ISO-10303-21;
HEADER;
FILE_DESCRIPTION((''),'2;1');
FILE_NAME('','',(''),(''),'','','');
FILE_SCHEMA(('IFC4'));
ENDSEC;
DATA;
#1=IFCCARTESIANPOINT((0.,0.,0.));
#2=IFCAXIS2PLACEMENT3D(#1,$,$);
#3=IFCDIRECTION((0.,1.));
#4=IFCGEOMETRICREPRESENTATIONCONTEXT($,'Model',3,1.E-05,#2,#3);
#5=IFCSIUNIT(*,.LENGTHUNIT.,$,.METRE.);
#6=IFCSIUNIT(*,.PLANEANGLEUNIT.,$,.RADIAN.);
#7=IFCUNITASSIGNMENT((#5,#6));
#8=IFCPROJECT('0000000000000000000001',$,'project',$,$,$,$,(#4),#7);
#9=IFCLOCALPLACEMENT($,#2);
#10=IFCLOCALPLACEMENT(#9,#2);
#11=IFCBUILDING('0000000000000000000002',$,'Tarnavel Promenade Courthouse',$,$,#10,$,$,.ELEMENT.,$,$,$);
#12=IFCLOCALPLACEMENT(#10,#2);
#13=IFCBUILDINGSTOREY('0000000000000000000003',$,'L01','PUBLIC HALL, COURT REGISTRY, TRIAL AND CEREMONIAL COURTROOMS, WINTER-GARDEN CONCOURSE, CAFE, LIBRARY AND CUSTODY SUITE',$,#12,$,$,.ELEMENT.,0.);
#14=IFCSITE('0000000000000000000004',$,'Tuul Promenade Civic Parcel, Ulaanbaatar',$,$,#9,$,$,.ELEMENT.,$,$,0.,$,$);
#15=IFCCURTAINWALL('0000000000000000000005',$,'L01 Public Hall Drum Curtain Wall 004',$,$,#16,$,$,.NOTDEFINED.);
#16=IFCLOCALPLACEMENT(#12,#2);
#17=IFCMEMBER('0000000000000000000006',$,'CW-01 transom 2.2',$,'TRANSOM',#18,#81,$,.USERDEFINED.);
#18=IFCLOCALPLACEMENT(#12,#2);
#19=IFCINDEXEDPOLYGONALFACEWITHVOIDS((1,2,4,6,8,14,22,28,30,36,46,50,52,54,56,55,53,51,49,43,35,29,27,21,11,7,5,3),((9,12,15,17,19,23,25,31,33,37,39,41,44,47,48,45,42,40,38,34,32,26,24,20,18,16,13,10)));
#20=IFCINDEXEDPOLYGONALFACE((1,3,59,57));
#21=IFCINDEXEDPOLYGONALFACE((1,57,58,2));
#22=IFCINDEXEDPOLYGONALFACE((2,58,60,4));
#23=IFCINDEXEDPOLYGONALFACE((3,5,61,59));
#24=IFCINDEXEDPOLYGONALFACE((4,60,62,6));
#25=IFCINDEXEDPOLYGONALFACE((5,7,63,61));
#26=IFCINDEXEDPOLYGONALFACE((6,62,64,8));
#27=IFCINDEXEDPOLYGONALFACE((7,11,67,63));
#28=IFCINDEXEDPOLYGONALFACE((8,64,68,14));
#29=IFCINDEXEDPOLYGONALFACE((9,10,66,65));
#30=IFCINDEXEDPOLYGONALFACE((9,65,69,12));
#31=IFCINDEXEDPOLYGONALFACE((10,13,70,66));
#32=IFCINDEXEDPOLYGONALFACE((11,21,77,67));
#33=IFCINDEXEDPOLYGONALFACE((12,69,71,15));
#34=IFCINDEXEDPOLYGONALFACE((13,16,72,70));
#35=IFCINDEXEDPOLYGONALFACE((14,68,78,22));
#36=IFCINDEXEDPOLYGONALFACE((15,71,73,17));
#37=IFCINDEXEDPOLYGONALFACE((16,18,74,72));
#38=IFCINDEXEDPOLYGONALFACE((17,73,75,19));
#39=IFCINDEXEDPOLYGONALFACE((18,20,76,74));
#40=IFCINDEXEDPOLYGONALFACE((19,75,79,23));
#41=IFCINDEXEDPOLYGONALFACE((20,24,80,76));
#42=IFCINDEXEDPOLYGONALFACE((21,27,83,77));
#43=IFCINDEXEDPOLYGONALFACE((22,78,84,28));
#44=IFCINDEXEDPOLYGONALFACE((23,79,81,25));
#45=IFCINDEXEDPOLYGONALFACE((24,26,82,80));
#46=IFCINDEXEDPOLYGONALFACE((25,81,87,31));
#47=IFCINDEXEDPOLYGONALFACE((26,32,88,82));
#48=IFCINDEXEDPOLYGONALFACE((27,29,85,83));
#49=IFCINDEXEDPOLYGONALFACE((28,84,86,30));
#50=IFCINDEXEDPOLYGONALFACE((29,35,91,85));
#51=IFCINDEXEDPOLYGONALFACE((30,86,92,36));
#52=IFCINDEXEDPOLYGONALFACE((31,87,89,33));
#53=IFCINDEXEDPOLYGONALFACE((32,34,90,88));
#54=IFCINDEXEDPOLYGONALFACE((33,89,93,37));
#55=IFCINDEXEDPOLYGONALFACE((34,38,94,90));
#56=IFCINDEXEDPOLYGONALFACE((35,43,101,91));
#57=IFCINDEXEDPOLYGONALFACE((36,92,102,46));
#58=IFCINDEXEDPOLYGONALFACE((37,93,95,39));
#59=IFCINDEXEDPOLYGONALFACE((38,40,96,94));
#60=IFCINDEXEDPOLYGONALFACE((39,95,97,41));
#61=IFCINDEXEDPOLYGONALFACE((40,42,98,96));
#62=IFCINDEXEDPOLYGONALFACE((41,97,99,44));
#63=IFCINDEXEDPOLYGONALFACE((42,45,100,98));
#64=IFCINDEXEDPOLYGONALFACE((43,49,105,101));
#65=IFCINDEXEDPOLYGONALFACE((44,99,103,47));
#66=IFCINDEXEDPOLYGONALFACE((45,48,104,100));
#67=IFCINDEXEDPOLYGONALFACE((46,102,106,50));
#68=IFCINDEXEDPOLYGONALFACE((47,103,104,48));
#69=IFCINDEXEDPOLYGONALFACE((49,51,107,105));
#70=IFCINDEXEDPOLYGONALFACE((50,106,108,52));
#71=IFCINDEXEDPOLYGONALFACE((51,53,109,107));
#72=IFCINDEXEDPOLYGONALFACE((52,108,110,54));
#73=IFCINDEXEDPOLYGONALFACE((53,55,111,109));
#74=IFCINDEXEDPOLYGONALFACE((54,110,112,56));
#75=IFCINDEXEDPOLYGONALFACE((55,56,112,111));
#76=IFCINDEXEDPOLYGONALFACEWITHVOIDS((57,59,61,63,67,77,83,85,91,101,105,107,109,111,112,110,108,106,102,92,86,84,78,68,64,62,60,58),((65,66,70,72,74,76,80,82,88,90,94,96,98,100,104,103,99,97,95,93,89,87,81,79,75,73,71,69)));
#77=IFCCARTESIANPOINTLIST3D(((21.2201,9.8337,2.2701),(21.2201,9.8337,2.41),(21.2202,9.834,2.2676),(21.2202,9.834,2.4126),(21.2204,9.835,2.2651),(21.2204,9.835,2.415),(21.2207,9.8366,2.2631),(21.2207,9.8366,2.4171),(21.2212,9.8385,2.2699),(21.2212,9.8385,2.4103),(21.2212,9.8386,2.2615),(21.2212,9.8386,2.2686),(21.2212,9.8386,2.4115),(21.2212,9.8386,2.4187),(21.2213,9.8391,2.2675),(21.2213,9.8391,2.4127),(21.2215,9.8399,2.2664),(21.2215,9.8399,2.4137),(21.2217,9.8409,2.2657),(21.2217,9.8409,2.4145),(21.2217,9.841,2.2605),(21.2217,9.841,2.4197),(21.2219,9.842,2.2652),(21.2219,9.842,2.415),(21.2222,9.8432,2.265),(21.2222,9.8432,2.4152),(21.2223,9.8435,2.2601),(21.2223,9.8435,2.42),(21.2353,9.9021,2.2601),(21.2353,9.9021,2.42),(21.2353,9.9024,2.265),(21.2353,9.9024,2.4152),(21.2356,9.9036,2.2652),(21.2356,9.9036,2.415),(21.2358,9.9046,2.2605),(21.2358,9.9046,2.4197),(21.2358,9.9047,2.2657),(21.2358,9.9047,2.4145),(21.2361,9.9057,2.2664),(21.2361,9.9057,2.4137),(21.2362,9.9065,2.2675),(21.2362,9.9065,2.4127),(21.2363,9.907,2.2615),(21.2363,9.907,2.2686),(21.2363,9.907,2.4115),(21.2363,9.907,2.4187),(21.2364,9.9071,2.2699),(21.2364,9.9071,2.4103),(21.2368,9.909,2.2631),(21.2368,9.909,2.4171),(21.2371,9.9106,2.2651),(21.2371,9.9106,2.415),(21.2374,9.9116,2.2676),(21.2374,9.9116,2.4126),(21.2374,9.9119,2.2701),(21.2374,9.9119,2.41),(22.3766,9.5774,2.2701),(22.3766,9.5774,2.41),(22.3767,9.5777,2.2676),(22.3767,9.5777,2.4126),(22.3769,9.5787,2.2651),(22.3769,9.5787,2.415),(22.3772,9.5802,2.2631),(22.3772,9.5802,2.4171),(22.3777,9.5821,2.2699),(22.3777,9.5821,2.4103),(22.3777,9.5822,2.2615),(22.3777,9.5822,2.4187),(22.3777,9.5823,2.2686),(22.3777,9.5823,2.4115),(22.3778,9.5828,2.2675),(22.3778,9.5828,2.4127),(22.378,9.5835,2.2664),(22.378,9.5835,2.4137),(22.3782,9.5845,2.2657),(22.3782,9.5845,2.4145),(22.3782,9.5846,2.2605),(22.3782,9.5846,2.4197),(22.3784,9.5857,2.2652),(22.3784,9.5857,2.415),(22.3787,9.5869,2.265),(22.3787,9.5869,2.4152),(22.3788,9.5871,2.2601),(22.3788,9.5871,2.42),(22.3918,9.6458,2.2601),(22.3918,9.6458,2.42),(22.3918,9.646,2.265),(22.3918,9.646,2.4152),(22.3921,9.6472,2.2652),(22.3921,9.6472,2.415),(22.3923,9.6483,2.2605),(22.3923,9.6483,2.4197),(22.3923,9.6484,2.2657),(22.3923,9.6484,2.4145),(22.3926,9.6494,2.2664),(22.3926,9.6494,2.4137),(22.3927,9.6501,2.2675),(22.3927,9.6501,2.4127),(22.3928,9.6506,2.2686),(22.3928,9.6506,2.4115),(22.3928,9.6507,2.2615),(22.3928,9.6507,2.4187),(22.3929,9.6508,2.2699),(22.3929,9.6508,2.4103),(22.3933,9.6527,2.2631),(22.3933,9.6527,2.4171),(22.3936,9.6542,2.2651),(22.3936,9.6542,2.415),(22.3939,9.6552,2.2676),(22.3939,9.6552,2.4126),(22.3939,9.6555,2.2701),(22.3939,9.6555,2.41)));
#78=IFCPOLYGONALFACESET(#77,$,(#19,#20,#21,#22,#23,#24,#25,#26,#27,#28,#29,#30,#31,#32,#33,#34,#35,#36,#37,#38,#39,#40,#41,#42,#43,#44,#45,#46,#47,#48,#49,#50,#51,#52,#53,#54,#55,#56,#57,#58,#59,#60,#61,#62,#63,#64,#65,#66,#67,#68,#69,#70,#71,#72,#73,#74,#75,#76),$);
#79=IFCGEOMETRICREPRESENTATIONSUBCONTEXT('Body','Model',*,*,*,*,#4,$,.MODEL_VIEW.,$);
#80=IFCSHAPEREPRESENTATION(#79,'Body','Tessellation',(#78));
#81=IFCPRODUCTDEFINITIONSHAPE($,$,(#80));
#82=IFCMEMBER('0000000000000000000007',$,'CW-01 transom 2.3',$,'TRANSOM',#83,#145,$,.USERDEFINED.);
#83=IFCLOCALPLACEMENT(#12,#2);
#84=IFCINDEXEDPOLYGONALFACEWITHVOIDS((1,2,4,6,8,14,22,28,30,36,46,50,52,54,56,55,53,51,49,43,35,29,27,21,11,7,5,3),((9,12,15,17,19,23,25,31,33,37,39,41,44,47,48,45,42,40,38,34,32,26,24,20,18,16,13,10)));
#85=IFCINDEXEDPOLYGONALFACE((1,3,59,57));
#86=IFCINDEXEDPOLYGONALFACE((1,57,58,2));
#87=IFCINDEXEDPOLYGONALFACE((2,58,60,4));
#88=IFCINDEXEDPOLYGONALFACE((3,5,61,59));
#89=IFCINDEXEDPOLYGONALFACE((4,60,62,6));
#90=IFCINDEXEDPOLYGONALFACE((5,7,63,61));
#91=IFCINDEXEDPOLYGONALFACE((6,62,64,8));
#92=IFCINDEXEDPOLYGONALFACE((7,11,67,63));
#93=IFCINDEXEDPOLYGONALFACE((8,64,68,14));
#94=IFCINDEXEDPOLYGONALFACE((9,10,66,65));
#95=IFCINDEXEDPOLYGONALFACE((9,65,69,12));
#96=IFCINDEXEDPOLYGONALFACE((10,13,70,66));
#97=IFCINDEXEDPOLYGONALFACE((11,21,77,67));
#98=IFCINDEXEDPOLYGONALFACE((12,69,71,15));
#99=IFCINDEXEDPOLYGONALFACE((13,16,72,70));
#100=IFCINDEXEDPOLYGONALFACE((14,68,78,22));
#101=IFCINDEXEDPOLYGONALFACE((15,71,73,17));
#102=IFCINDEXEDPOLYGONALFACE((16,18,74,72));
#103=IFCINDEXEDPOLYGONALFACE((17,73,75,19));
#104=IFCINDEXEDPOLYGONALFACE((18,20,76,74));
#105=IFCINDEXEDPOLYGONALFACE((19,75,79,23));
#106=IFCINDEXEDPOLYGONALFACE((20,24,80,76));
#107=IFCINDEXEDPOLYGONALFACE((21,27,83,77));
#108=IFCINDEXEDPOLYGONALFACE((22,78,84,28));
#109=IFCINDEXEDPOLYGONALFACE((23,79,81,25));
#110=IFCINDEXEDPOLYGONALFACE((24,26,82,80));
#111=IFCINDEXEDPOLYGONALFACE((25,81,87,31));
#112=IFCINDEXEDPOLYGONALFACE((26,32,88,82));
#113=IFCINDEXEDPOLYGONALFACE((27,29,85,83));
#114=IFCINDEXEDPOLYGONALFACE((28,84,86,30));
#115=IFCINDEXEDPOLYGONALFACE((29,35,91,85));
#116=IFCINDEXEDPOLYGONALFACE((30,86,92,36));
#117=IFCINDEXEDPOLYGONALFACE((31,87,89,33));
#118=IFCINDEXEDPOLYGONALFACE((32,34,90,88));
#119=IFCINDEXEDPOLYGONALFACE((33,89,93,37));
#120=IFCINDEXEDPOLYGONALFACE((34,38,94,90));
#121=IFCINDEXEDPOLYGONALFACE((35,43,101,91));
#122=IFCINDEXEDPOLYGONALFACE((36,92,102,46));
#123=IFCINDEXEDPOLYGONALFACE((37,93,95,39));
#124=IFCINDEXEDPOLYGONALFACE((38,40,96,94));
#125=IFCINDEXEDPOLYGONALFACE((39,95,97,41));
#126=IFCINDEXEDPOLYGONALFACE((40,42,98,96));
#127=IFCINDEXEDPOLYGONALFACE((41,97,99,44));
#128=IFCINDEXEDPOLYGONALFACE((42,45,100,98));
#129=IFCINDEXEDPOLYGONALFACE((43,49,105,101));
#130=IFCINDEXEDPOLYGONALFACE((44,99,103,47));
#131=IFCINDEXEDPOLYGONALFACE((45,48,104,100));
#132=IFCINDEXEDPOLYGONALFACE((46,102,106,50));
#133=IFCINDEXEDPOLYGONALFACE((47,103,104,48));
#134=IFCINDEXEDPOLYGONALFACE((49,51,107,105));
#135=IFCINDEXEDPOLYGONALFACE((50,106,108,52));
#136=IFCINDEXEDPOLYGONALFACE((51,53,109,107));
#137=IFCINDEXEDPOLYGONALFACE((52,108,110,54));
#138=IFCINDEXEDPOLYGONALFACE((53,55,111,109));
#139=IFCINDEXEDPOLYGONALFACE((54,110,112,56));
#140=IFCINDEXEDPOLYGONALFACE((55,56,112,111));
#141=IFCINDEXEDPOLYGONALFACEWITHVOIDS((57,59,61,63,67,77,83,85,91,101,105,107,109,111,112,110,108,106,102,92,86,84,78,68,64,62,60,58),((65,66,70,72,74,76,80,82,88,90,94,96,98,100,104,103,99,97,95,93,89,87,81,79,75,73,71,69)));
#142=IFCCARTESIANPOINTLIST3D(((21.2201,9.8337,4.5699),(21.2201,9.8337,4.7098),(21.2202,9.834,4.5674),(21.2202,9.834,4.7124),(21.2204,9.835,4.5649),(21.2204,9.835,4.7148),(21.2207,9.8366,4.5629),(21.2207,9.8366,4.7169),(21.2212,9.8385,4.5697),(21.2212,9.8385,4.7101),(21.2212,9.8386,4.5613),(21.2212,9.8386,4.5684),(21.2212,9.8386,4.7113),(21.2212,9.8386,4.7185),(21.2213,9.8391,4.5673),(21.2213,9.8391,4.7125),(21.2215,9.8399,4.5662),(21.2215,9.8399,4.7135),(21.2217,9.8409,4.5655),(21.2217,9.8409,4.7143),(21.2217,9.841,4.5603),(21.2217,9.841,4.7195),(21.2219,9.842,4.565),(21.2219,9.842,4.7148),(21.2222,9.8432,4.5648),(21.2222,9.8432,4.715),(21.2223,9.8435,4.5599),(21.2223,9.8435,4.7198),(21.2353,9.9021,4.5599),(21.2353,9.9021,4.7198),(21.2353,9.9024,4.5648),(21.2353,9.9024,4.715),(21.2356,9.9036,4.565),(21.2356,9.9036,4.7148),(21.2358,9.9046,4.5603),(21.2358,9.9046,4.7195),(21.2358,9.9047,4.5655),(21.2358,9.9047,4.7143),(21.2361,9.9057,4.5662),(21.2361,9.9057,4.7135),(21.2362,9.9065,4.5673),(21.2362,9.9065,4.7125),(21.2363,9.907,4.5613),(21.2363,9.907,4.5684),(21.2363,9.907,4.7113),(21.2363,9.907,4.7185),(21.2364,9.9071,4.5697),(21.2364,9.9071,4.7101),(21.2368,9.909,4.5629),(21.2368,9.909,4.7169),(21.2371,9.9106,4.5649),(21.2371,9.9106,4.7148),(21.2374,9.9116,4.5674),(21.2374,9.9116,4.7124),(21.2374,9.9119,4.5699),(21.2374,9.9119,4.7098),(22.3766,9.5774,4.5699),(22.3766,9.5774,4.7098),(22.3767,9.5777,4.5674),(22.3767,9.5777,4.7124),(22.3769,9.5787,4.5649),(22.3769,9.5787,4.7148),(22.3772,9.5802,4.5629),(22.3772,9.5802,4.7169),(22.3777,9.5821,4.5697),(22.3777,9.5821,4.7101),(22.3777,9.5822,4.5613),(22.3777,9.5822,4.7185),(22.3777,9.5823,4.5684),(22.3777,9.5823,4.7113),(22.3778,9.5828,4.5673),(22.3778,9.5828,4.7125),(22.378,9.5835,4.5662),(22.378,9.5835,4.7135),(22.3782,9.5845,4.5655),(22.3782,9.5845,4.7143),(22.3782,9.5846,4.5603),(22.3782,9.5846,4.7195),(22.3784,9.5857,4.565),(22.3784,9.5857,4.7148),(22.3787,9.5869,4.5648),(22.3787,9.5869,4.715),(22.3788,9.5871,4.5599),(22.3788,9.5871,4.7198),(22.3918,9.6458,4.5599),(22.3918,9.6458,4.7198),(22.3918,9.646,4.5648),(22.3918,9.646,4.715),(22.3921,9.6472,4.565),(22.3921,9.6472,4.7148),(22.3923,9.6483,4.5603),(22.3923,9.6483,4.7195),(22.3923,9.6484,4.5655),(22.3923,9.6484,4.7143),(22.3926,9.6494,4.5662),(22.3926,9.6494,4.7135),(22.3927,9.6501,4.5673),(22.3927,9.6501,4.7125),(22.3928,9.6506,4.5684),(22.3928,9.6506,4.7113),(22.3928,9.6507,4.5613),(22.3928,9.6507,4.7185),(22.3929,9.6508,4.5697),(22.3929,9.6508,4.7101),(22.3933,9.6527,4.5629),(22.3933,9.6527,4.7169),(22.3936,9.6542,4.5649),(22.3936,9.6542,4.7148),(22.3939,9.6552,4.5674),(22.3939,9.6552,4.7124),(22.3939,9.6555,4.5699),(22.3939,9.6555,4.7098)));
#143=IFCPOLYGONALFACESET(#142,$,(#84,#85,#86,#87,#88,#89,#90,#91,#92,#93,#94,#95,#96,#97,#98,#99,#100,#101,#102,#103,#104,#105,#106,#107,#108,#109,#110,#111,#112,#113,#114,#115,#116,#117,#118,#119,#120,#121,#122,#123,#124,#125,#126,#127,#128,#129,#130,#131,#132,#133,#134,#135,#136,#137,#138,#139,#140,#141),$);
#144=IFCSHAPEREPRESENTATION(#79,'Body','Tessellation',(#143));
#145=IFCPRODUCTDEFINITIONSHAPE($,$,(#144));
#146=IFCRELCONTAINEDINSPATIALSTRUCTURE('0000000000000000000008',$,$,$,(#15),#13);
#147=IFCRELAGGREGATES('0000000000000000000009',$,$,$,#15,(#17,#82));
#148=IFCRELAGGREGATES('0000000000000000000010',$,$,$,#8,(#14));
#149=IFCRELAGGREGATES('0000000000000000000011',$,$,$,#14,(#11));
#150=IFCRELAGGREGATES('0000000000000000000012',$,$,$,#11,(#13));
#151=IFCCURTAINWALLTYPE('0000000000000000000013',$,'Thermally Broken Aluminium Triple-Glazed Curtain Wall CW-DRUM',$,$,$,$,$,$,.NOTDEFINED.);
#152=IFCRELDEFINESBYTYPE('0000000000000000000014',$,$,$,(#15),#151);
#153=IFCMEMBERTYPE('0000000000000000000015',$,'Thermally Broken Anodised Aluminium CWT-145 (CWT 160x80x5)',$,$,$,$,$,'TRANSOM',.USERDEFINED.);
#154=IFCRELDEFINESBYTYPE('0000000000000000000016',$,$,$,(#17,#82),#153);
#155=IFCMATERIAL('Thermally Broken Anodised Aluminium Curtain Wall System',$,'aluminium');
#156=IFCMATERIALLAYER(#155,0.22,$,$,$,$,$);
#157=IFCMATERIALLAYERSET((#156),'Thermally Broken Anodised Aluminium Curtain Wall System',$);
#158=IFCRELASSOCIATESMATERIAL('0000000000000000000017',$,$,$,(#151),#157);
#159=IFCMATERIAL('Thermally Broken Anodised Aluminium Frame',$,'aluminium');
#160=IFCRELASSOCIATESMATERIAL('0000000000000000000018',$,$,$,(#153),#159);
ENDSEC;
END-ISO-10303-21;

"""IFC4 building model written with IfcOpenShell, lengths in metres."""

from ifc_helpers import new_model, si_unit, direction, frame, origin, origin_2d, place, context, subcontext, project, spatial, hollow_rectangle, extrude, material, layer, layer_set, material_profile, profile_set, type_object, element, aggregate, save


model = new_model("IFC4")

# Units and contexts
model_context = context("Model", 3, precision=1e-05, world=origin(), true_north=direction((0.0, 1.0)))
body_context = subcontext(model_context, "Body", "Model", "MODEL_VIEW")
ifc_project = project(units=[si_unit("LENGTHUNIT", "METRE"), si_unit("PLANEANGLEUNIT", "RADIAN")], contexts=[model_context])

# Site, building, storey
site_placement = place(None, origin())
site = spatial("IfcSite", under=ifc_project, at=site_placement, Name="Tuul Promenade Civic Parcel, Ulaanbaatar", CompositionType="ELEMENT", RefElevation=0.0)
building_placement = place(site_placement, origin())
building = spatial("IfcBuilding", under=site, at=building_placement, Name="Tarnavel Promenade Courthouse", CompositionType="ELEMENT")
storey_placement = place(building_placement, origin())
storey = spatial("IfcBuildingStorey", under=building, at=storey_placement, Name="L01", Description="PUBLIC HALL, COURT REGISTRY, TRIAL AND CEREMONIAL COURTROOMS, WINTER-GARDEN CONCOURSE, CAFE, LIBRARY AND CUSTODY SUITE", CompositionType="ELEMENT", Elevation=0.0)

# Curtain wall, members
ifc_material_1 = material(Name="Thermally Broken Anodised Aluminium Curtain Wall System", Category="aluminium")
ifc_layer_1 = layer(ifc_material_1, 0.22)
ifc_layer_set_1 = layer_set([ifc_layer_1], Name="Thermally Broken Anodised Aluminium Curtain Wall System")
curtain_wall_type = type_object("IfcCurtainWallType", Name="Thermally Broken Aluminium Triple-Glazed Curtain Wall CW-DRUM", PredefinedType="NOTDEFINED", material=ifc_layer_set_1)
curtain_wall_placement = place(storey_placement, origin())
curtain_wall = element("IfcCurtainWall", 1, at=curtain_wall_placement, inside=storey, type_object=curtain_wall_type, Name="L01 Public Hall Drum Curtain Wall 004", PredefinedType="NOTDEFINED")
ifc_material_2 = material(Name="Thermally Broken Anodised Aluminium Frame", Category="aluminium")
ifc_material_profile_1 = material_profile(ifc_material_2, hollow_rectangle(XDim=0.0801, YDim=0.1599, WallThickness=0.0049, InnerFilletRadius=0.0049, OuterFilletRadius=0.01, at=origin_2d()), Name="CWT 160x80x5")
ifc_profile_set_1 = profile_set([ifc_material_profile_1], Name="Thermally Broken Anodised Aluminium Frame")
member_type_1 = type_object("IfcMemberType", Name="Thermally Broken Anodised Aluminium CWT-145 (CWT 160x80x5)", ElementType="TRANSOM", PredefinedType="USERDEFINED", material=ifc_profile_set_1)
member_1_placement = place(storey_placement, frame((21.2288, 9.8728, 2.3401), z_axis=(0.976303, -0.216407, 0.0), x_axis=(0.216407, 0.976303, 0.0)))
member_1 = element("IfcMember", 2, at=member_1_placement, type_object=member_type_1, Name="CW-01 transom 2.2", ObjectType="TRANSOM", PredefinedType="USERDEFINED", context=body_context, shape_type="SweptSolid", body=[
    extrude(hollow_rectangle(XDim=0.0801, YDim=0.1599, WallThickness=0.0049, InnerFilletRadius=0.0049, OuterFilletRadius=0.01, at=origin_2d()), origin(), (0.0, 0.0, 1.0), 1.1846),
])
member_2_placement = place(storey_placement, frame((21.2288, 9.8728, 4.6399), z_axis=(0.976303, -0.216407, 0.0), x_axis=(0.216407, 0.976303, 0.0)))
member_2 = element("IfcMember", 3, at=member_2_placement, type_object=member_type_1, Name="CW-01 transom 2.3", ObjectType="TRANSOM", PredefinedType="USERDEFINED", context=body_context, shape_type="SweptSolid", body=[
    extrude(hollow_rectangle(XDim=0.0801, YDim=0.1599, WallThickness=0.0049, InnerFilletRadius=0.0049, OuterFilletRadius=0.01, at=origin_2d()), origin(), (0.0, 0.0, 1.0), 1.1846),
])
aggregate(curtain_wall, [member_1, member_2])

save(model, "model.ifc")
